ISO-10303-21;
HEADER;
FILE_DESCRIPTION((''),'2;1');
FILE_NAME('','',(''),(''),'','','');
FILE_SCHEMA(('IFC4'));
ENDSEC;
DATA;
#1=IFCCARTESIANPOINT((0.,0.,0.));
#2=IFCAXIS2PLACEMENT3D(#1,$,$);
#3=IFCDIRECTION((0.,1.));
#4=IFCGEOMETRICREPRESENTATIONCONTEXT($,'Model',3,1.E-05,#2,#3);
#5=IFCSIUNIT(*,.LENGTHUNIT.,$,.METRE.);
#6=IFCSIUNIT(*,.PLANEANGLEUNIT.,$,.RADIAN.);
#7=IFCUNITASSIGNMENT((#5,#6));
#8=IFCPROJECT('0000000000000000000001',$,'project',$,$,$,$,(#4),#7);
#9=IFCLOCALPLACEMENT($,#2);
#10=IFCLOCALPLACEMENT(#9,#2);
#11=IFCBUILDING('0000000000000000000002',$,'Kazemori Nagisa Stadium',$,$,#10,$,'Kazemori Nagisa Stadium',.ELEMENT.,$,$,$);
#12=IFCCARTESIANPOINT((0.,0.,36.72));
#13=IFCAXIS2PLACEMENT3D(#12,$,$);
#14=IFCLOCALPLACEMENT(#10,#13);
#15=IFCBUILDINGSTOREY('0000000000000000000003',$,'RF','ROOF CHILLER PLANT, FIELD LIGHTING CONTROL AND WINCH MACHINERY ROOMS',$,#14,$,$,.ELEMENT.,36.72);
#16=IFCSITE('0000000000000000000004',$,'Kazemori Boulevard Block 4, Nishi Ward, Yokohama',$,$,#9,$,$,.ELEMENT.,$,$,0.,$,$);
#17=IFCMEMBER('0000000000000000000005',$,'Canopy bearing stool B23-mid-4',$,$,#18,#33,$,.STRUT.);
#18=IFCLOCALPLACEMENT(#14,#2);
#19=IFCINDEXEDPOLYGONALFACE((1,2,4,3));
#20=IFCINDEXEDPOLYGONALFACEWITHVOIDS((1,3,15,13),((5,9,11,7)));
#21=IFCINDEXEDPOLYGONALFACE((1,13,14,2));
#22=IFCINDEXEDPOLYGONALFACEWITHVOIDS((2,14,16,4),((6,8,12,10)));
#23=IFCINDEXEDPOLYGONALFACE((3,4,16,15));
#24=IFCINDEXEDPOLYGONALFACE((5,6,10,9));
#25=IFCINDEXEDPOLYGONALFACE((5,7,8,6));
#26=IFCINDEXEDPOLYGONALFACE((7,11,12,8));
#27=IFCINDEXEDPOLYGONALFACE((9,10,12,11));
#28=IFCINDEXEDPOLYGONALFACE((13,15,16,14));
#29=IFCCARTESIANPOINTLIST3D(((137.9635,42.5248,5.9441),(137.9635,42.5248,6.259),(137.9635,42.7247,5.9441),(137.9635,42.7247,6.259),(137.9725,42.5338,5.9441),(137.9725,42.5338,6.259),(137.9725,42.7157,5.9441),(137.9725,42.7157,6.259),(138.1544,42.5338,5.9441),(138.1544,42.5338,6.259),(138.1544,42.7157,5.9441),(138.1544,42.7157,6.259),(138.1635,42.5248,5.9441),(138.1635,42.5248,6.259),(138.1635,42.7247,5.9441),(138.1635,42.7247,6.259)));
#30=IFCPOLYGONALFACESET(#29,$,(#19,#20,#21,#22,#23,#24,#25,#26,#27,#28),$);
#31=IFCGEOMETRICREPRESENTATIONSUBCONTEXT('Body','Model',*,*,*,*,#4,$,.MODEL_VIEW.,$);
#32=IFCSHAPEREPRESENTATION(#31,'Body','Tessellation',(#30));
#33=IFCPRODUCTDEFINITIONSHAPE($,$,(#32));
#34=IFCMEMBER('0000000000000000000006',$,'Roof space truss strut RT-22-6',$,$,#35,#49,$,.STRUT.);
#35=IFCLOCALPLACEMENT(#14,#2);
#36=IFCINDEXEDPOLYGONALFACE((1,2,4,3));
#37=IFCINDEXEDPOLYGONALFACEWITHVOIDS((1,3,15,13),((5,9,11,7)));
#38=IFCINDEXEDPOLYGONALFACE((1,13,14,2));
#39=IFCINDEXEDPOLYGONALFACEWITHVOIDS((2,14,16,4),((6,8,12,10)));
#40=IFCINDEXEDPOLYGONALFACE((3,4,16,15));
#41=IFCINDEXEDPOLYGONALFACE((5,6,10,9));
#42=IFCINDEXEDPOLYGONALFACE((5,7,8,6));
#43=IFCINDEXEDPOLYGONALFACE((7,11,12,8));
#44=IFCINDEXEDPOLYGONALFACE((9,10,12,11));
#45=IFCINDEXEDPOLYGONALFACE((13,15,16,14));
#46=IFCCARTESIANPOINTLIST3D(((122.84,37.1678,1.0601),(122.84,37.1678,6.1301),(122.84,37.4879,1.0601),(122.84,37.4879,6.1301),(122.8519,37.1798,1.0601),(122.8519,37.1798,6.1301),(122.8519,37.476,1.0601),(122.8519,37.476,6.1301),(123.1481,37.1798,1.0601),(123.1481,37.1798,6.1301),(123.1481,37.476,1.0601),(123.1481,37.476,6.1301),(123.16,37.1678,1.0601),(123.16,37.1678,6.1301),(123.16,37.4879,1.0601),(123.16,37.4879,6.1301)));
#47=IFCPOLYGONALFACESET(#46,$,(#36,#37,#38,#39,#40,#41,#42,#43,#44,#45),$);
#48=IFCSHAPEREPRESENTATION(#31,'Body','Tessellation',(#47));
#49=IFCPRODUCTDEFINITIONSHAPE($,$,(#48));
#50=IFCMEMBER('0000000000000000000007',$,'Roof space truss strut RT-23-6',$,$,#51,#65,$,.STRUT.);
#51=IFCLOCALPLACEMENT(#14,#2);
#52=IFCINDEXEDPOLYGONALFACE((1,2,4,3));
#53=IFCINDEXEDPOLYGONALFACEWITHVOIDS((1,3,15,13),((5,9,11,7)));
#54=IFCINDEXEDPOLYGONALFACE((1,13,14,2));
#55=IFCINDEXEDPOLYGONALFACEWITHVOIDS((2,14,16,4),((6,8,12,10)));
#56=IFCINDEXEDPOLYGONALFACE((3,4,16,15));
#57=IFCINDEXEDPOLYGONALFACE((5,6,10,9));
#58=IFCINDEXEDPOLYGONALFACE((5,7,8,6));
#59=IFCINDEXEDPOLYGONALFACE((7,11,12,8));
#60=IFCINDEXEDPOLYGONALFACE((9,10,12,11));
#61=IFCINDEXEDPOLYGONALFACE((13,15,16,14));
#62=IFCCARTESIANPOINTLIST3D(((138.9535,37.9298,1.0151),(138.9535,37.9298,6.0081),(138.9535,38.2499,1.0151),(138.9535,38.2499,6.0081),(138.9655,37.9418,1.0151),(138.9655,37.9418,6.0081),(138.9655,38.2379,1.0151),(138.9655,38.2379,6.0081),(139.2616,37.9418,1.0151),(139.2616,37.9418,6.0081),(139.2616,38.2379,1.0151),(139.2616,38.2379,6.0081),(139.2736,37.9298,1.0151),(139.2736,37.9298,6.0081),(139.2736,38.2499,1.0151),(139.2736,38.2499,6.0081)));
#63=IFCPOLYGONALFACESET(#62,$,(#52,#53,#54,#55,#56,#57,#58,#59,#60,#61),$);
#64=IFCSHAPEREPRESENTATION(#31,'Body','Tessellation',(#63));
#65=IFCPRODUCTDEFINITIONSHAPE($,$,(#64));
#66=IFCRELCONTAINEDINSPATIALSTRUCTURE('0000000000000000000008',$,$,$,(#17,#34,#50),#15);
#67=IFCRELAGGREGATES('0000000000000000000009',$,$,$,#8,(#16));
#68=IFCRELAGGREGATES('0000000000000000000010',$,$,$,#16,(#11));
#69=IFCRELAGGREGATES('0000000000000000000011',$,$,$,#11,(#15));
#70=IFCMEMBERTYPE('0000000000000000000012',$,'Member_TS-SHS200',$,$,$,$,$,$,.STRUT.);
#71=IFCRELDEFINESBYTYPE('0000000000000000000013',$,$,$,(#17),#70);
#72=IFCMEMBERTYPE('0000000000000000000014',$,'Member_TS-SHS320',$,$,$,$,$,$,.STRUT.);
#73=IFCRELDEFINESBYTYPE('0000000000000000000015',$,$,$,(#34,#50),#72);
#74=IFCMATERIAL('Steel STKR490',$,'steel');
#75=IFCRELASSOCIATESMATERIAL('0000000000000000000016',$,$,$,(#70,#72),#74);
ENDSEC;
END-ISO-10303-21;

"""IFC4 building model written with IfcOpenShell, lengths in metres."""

from ifc_helpers import new_model, si_unit, direction, frame, origin, origin_2d, place, context, subcontext, project, spatial, hollow_rectangle, extrude, material, material_profile, profile_set, type_object, element, save


model = new_model("IFC4")

# Units and contexts
model_context = context("Model", 3, precision=1e-05, world=origin(), true_north=direction((0.0, 1.0)))
body_context = subcontext(model_context, "Body", "Model", "MODEL_VIEW")
ifc_project = project(units=[si_unit("LENGTHUNIT", "METRE"), si_unit("PLANEANGLEUNIT", "RADIAN")], contexts=[model_context])

# Site, building, storey
site_placement = place(None, origin())
site = spatial("IfcSite", under=ifc_project, at=site_placement, Name="Kazemori Boulevard Block 4, Nishi Ward, Yokohama", CompositionType="ELEMENT", RefElevation=0.0)
building_placement = place(site_placement, origin())
building = spatial("IfcBuilding", under=site, at=building_placement, Name="Kazemori Nagisa Stadium", LongName="Kazemori Nagisa Stadium", CompositionType="ELEMENT")
storey_placement = place(building_placement, frame((0.0, 0.0, 36.72)))
storey = spatial("IfcBuildingStorey", under=building, at=storey_placement, Name="RF", Description="ROOF CHILLER PLANT, FIELD LIGHTING CONTROL AND WINCH MACHINERY ROOMS", CompositionType="ELEMENT", Elevation=36.72)

# Members
ifc_material_1 = material(Name="Steel STKR490", Category="steel")
ifc_material_profile_1 = material_profile(ifc_material_1, hollow_rectangle(XDim=0.2, YDim=0.2, WallThickness=0.009, at=origin_2d()), Name="SHS-200x200x9")
ifc_profile_set_1 = profile_set([ifc_material_profile_1], Name="Steel STKR490")
member_type_1 = type_object("IfcMemberType", Name="Member_TS-SHS200", PredefinedType="STRUT", material=ifc_profile_set_1)
for number, where, z_axis, x_axis, name in (
    (1, (138.0635, 42.6248, 5.9441), (0.0, 0.0, 1.0), (1.0, 0.0, 0.0), "Canopy bearing stool B23-mid-4"),
):
    element("IfcMember", number, at=place(storey_placement, frame(where, z_axis=z_axis, x_axis=x_axis)), inside=storey, type_object=member_type_1, Name=name, PredefinedType="STRUT", context=body_context, shape_type="SweptSolid", body=[
        extrude(hollow_rectangle(XDim=0.2, YDim=0.2, WallThickness=0.009, at=origin_2d()), origin(), (0.0, 0.0, 1.0), 0.3149),
    ])
ifc_material_profile_2 = material_profile(ifc_material_1, hollow_rectangle(XDim=0.3201, YDim=0.3201, WallThickness=0.012, at=origin_2d()), Name="SHS-320x320x12")
ifc_profile_set_2 = profile_set([ifc_material_profile_2], Name="Steel STKR490")
member_type_2 = type_object("IfcMemberType", Name="Member_TS-SHS320", PredefinedType="STRUT", material=ifc_profile_set_2)
member_1_placement = place(storey_placement, frame((123.0, 37.3279, 1.0601), z_axis=(0.0, 0.0, 1.0), x_axis=(1.0, 0.0, 0.0)))
element("IfcMember", 2, at=member_1_placement, inside=storey, type_object=member_type_2, Name="Roof space truss strut RT-22-6", PredefinedType="STRUT", context=body_context, shape_type="SweptSolid", body=[
    extrude(hollow_rectangle(XDim=0.3201, YDim=0.3201, WallThickness=0.012, at=origin_2d()), origin(), (0.0, 0.0, 1.0), 5.0701),
])
member_2_placement = place(storey_placement, frame((139.1135, 38.0898, 1.0151), z_axis=(0.0, 0.0, 1.0), x_axis=(1.0, 0.0, 0.0)))
element("IfcMember", 3, at=member_2_placement, inside=storey, type_object=member_type_2, Name="Roof space truss strut RT-23-6", PredefinedType="STRUT", context=body_context, shape_type="SweptSolid", body=[
    extrude(hollow_rectangle(XDim=0.3201, YDim=0.3201, WallThickness=0.012, at=origin_2d()), origin(), (0.0, 0.0, 1.0), 4.9929),
])

save(model, "model.ifc")
